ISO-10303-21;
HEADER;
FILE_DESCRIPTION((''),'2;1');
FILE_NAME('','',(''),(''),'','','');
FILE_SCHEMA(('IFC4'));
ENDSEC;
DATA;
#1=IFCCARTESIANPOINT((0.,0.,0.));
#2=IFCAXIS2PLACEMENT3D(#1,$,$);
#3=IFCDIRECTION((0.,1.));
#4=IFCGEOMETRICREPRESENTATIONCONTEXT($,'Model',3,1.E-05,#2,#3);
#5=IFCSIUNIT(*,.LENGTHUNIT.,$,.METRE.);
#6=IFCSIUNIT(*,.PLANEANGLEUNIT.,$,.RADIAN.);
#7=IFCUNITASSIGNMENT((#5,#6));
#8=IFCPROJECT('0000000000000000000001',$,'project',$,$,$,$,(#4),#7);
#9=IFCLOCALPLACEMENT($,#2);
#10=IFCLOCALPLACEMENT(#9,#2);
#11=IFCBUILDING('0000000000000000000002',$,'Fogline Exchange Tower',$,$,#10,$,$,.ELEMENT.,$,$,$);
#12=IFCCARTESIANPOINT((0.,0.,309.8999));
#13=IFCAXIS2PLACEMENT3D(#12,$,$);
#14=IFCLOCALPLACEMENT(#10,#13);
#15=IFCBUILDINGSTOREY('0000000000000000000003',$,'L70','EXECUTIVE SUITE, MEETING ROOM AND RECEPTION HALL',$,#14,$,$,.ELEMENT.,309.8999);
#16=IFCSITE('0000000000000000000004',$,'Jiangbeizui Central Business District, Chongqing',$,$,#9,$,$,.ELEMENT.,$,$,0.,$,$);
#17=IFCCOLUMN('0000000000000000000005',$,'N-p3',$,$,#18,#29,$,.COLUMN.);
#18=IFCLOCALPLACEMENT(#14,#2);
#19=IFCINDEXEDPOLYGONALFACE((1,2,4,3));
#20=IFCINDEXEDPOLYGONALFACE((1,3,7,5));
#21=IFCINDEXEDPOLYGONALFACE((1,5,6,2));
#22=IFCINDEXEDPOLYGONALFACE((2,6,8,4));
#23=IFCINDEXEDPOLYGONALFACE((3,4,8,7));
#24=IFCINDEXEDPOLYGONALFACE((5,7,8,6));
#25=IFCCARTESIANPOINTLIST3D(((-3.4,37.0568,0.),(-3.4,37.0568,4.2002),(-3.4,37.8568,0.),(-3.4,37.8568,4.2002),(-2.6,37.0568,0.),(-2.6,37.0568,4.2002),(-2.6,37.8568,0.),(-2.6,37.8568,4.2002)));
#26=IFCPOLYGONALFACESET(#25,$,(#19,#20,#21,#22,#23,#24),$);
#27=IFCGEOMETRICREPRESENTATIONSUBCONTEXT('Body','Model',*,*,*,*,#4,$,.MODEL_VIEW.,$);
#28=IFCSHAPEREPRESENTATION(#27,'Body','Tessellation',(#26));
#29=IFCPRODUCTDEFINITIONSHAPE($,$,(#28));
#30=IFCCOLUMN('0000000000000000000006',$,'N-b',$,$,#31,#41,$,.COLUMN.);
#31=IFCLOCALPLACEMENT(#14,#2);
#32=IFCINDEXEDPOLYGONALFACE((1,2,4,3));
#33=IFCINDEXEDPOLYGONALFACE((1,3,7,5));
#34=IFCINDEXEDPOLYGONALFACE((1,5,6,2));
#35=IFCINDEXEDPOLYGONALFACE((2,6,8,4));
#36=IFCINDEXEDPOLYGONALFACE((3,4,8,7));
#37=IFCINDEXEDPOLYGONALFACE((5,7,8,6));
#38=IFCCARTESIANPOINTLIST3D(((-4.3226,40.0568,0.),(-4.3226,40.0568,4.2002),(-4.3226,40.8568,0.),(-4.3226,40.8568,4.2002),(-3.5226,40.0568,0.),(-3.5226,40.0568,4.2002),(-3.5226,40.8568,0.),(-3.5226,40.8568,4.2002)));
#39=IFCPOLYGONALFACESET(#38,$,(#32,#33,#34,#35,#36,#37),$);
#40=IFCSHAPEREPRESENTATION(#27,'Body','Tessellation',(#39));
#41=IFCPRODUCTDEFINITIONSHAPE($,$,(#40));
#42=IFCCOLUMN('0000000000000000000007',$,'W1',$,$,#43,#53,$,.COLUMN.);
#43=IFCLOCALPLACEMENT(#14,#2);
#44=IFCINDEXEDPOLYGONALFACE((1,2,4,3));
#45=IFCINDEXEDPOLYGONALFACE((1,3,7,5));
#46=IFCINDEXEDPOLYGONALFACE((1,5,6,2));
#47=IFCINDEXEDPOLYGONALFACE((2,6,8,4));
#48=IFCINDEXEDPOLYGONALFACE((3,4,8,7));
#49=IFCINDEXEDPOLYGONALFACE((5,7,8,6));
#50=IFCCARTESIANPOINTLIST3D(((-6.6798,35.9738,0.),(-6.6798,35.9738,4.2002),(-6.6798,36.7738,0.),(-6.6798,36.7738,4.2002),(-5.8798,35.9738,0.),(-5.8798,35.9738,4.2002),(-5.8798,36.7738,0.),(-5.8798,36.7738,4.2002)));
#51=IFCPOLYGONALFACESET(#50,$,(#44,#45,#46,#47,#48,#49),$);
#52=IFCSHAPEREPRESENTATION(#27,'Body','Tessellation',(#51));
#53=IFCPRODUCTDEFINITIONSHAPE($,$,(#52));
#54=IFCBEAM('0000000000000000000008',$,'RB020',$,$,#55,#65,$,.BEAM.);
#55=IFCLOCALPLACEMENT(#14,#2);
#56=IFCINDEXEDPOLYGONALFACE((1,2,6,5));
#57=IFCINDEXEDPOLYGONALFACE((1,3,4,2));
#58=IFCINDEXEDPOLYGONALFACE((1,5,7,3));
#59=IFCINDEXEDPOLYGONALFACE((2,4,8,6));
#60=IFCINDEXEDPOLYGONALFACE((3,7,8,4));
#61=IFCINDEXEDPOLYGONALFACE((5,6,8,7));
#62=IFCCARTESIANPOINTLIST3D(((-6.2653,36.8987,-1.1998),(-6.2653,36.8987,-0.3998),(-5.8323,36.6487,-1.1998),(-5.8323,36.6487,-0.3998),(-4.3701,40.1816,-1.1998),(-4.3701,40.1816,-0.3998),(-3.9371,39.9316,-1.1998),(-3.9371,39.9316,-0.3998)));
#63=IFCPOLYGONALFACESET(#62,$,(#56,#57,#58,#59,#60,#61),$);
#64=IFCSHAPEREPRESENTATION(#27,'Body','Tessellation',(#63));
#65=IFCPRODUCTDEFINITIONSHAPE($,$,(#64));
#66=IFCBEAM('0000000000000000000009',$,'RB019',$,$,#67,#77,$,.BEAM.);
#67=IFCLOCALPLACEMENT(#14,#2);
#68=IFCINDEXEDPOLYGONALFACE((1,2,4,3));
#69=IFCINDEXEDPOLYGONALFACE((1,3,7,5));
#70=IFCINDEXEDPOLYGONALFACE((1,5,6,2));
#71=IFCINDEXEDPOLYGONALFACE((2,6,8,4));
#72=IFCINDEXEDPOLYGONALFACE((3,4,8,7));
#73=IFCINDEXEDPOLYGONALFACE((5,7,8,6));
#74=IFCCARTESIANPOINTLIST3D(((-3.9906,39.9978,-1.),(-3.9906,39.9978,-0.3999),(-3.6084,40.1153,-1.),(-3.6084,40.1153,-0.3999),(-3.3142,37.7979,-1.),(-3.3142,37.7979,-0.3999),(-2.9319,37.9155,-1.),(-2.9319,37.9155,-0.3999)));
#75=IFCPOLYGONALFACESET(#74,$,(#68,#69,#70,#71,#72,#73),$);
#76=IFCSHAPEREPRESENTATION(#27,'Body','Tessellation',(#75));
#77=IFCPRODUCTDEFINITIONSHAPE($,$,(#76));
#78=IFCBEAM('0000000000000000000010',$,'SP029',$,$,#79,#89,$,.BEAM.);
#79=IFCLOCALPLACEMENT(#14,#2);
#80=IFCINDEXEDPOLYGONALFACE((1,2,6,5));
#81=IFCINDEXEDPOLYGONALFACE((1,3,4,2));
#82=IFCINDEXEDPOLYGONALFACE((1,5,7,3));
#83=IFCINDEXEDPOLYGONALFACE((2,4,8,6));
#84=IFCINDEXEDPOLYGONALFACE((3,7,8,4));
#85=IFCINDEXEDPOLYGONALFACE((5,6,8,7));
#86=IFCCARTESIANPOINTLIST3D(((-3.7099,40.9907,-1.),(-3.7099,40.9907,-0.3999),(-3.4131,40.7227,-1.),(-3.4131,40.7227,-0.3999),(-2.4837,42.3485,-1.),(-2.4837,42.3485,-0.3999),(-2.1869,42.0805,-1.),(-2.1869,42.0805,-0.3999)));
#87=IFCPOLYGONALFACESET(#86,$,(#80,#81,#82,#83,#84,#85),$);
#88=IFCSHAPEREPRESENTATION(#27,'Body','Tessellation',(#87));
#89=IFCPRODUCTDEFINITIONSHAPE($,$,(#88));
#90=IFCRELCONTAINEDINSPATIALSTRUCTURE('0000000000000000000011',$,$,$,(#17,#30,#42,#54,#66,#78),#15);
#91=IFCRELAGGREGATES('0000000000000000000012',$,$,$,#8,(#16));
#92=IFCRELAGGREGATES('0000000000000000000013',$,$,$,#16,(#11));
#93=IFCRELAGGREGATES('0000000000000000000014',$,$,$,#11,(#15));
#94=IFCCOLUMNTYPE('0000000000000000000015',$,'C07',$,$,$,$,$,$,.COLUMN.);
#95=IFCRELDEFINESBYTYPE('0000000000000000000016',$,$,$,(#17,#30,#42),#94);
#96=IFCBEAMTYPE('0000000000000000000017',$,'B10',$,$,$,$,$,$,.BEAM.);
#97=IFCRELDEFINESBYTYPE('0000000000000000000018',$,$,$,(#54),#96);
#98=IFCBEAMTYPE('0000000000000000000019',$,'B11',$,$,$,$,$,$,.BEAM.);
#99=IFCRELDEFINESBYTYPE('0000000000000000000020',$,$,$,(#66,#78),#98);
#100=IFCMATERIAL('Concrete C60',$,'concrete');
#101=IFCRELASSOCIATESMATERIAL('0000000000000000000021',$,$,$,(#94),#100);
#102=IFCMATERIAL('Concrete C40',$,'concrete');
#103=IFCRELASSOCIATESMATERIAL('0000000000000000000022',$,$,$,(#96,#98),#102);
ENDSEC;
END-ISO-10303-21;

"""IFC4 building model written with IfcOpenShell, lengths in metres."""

from ifc_helpers import new_model, si_unit, direction, frame, origin, origin_2d, place, context, subcontext, project, spatial, rectangle, extrude, material, material_profile, profile_set, type_object, element, save


model = new_model("IFC4")

# Units and contexts
model_context = context("Model", 3, precision=1e-05, world=origin(), true_north=direction((0.0, 1.0)))
body_context = subcontext(model_context, "Body", "Model", "MODEL_VIEW")
ifc_project = project(units=[si_unit("LENGTHUNIT", "METRE"), si_unit("PLANEANGLEUNIT", "RADIAN")], contexts=[model_context])

# Site, building, storey
site_placement = place(None, origin())
site = spatial("IfcSite", under=ifc_project, at=site_placement, Name="Jiangbeizui Central Business District, Chongqing", CompositionType="ELEMENT", RefElevation=0.0)
building_placement = place(site_placement, origin())
building = spatial("IfcBuilding", under=site, at=building_placement, Name="Fogline Exchange Tower", CompositionType="ELEMENT")
storey_placement = place(building_placement, frame((0.0, 0.0, 309.8999)))
storey = spatial("IfcBuildingStorey", under=building, at=storey_placement, Name="L70", Description="EXECUTIVE SUITE, MEETING ROOM AND RECEPTION HALL", CompositionType="ELEMENT", Elevation=309.8999)

# Columns
ifc_material_1 = material(Name="Concrete C60", Category="concrete")
ifc_material_profile_1 = material_profile(ifc_material_1, rectangle(XDim=0.8, YDim=0.8, at=origin_2d()), Name="RC 800x800")
ifc_profile_set_1 = profile_set([ifc_material_profile_1], Name="Concrete C60")
column_type = type_object("IfcColumnType", Name="C07", PredefinedType="COLUMN", material=ifc_profile_set_1)
for number, where, z_axis, x_axis, name in (
    (1, (-3.0, 37.4568, 0.0), (0.0, 0.0, 1.0), (1.0, 0.0, 0.0), "N-p3"),
    (2, (-3.9226, 40.4568, 0.0), (0.0, 0.0, 1.0), (1.0, 0.0, 0.0), "N-b"),
    (3, (-6.2798, 36.3738, 0.0), (0.0, 0.0, 1.0), (1.0, 0.0, 0.0), "W1"),
):
    element("IfcColumn", number, at=place(storey_placement, frame(where, z_axis=z_axis, x_axis=x_axis)), inside=storey, type_object=column_type, Name=name, PredefinedType="COLUMN", context=body_context, shape_type="SweptSolid", body=[
        extrude(rectangle(XDim=0.8, YDim=0.8, at=origin_2d()), origin(), (0.0, 0.0, 1.0), 4.2002),
    ])

# Beams
ifc_material_2 = material(Name="Concrete C40", Category="concrete")
ifc_material_profile_2 = material_profile(ifc_material_2, rectangle(XDim=0.5, YDim=0.8, at=origin_2d()), Name="RC 500x800")
ifc_profile_set_2 = profile_set([ifc_material_profile_2], Name="Concrete C40")
beam_type_1 = type_object("IfcBeamType", Name="B10", PredefinedType="BEAM", material=ifc_profile_set_2)
beam_1_placement = place(storey_placement, frame((-4.1536, 40.0566, -0.7998), z_axis=(-0.49997, -0.866043, 0.0), x_axis=(0.866043, -0.49997, 0.0)))
element("IfcBeam", 4, at=beam_1_placement, inside=storey, type_object=beam_type_1, Name="RB020", PredefinedType="BEAM", context=body_context, shape_type="SweptSolid", body=[
    extrude(rectangle(XDim=0.5, YDim=0.8, at=origin_2d()), origin(), (0.0, 0.0, 1.0), 3.7908),
])
ifc_material_profile_3 = material_profile(ifc_material_2, rectangle(XDim=0.3999, YDim=0.6001, at=origin_2d()), Name="RC 400x600")
ifc_profile_set_3 = profile_set([ifc_material_profile_3], Name="Concrete C40")
beam_type_2 = type_object("IfcBeamType", Name="B11", PredefinedType="BEAM", material=ifc_profile_set_3)
beam_2_placement = place(storey_placement, frame((-3.123, 37.8567, -0.7), z_axis=(-0.293929, 0.955827, 0.0), x_axis=(-0.955827, -0.293929, 0.0)))
element("IfcBeam", 5, at=beam_2_placement, inside=storey, type_object=beam_type_2, Name="RB019", PredefinedType="BEAM", context=body_context, shape_type="SweptSolid", body=[
    extrude(rectangle(XDim=0.3999, YDim=0.6001, at=origin_2d()), origin(), (0.0, 0.0, 1.0), 2.3015),
])
beam_3_placement = place(storey_placement, frame((-3.5615, 40.8567, -0.7), z_axis=(0.670232, 0.742152, 0.0), x_axis=(-0.742152, 0.670232, 0.0)))
element("IfcBeam", 6, at=beam_3_placement, inside=storey, type_object=beam_type_2, Name="SP029", PredefinedType="BEAM", context=body_context, shape_type="SweptSolid", body=[
    extrude(rectangle(XDim=0.3999, YDim=0.6001, at=origin_2d()), origin(), (0.0, 0.0, 1.0), 1.8296),
])

save(model, "model.ifc")
